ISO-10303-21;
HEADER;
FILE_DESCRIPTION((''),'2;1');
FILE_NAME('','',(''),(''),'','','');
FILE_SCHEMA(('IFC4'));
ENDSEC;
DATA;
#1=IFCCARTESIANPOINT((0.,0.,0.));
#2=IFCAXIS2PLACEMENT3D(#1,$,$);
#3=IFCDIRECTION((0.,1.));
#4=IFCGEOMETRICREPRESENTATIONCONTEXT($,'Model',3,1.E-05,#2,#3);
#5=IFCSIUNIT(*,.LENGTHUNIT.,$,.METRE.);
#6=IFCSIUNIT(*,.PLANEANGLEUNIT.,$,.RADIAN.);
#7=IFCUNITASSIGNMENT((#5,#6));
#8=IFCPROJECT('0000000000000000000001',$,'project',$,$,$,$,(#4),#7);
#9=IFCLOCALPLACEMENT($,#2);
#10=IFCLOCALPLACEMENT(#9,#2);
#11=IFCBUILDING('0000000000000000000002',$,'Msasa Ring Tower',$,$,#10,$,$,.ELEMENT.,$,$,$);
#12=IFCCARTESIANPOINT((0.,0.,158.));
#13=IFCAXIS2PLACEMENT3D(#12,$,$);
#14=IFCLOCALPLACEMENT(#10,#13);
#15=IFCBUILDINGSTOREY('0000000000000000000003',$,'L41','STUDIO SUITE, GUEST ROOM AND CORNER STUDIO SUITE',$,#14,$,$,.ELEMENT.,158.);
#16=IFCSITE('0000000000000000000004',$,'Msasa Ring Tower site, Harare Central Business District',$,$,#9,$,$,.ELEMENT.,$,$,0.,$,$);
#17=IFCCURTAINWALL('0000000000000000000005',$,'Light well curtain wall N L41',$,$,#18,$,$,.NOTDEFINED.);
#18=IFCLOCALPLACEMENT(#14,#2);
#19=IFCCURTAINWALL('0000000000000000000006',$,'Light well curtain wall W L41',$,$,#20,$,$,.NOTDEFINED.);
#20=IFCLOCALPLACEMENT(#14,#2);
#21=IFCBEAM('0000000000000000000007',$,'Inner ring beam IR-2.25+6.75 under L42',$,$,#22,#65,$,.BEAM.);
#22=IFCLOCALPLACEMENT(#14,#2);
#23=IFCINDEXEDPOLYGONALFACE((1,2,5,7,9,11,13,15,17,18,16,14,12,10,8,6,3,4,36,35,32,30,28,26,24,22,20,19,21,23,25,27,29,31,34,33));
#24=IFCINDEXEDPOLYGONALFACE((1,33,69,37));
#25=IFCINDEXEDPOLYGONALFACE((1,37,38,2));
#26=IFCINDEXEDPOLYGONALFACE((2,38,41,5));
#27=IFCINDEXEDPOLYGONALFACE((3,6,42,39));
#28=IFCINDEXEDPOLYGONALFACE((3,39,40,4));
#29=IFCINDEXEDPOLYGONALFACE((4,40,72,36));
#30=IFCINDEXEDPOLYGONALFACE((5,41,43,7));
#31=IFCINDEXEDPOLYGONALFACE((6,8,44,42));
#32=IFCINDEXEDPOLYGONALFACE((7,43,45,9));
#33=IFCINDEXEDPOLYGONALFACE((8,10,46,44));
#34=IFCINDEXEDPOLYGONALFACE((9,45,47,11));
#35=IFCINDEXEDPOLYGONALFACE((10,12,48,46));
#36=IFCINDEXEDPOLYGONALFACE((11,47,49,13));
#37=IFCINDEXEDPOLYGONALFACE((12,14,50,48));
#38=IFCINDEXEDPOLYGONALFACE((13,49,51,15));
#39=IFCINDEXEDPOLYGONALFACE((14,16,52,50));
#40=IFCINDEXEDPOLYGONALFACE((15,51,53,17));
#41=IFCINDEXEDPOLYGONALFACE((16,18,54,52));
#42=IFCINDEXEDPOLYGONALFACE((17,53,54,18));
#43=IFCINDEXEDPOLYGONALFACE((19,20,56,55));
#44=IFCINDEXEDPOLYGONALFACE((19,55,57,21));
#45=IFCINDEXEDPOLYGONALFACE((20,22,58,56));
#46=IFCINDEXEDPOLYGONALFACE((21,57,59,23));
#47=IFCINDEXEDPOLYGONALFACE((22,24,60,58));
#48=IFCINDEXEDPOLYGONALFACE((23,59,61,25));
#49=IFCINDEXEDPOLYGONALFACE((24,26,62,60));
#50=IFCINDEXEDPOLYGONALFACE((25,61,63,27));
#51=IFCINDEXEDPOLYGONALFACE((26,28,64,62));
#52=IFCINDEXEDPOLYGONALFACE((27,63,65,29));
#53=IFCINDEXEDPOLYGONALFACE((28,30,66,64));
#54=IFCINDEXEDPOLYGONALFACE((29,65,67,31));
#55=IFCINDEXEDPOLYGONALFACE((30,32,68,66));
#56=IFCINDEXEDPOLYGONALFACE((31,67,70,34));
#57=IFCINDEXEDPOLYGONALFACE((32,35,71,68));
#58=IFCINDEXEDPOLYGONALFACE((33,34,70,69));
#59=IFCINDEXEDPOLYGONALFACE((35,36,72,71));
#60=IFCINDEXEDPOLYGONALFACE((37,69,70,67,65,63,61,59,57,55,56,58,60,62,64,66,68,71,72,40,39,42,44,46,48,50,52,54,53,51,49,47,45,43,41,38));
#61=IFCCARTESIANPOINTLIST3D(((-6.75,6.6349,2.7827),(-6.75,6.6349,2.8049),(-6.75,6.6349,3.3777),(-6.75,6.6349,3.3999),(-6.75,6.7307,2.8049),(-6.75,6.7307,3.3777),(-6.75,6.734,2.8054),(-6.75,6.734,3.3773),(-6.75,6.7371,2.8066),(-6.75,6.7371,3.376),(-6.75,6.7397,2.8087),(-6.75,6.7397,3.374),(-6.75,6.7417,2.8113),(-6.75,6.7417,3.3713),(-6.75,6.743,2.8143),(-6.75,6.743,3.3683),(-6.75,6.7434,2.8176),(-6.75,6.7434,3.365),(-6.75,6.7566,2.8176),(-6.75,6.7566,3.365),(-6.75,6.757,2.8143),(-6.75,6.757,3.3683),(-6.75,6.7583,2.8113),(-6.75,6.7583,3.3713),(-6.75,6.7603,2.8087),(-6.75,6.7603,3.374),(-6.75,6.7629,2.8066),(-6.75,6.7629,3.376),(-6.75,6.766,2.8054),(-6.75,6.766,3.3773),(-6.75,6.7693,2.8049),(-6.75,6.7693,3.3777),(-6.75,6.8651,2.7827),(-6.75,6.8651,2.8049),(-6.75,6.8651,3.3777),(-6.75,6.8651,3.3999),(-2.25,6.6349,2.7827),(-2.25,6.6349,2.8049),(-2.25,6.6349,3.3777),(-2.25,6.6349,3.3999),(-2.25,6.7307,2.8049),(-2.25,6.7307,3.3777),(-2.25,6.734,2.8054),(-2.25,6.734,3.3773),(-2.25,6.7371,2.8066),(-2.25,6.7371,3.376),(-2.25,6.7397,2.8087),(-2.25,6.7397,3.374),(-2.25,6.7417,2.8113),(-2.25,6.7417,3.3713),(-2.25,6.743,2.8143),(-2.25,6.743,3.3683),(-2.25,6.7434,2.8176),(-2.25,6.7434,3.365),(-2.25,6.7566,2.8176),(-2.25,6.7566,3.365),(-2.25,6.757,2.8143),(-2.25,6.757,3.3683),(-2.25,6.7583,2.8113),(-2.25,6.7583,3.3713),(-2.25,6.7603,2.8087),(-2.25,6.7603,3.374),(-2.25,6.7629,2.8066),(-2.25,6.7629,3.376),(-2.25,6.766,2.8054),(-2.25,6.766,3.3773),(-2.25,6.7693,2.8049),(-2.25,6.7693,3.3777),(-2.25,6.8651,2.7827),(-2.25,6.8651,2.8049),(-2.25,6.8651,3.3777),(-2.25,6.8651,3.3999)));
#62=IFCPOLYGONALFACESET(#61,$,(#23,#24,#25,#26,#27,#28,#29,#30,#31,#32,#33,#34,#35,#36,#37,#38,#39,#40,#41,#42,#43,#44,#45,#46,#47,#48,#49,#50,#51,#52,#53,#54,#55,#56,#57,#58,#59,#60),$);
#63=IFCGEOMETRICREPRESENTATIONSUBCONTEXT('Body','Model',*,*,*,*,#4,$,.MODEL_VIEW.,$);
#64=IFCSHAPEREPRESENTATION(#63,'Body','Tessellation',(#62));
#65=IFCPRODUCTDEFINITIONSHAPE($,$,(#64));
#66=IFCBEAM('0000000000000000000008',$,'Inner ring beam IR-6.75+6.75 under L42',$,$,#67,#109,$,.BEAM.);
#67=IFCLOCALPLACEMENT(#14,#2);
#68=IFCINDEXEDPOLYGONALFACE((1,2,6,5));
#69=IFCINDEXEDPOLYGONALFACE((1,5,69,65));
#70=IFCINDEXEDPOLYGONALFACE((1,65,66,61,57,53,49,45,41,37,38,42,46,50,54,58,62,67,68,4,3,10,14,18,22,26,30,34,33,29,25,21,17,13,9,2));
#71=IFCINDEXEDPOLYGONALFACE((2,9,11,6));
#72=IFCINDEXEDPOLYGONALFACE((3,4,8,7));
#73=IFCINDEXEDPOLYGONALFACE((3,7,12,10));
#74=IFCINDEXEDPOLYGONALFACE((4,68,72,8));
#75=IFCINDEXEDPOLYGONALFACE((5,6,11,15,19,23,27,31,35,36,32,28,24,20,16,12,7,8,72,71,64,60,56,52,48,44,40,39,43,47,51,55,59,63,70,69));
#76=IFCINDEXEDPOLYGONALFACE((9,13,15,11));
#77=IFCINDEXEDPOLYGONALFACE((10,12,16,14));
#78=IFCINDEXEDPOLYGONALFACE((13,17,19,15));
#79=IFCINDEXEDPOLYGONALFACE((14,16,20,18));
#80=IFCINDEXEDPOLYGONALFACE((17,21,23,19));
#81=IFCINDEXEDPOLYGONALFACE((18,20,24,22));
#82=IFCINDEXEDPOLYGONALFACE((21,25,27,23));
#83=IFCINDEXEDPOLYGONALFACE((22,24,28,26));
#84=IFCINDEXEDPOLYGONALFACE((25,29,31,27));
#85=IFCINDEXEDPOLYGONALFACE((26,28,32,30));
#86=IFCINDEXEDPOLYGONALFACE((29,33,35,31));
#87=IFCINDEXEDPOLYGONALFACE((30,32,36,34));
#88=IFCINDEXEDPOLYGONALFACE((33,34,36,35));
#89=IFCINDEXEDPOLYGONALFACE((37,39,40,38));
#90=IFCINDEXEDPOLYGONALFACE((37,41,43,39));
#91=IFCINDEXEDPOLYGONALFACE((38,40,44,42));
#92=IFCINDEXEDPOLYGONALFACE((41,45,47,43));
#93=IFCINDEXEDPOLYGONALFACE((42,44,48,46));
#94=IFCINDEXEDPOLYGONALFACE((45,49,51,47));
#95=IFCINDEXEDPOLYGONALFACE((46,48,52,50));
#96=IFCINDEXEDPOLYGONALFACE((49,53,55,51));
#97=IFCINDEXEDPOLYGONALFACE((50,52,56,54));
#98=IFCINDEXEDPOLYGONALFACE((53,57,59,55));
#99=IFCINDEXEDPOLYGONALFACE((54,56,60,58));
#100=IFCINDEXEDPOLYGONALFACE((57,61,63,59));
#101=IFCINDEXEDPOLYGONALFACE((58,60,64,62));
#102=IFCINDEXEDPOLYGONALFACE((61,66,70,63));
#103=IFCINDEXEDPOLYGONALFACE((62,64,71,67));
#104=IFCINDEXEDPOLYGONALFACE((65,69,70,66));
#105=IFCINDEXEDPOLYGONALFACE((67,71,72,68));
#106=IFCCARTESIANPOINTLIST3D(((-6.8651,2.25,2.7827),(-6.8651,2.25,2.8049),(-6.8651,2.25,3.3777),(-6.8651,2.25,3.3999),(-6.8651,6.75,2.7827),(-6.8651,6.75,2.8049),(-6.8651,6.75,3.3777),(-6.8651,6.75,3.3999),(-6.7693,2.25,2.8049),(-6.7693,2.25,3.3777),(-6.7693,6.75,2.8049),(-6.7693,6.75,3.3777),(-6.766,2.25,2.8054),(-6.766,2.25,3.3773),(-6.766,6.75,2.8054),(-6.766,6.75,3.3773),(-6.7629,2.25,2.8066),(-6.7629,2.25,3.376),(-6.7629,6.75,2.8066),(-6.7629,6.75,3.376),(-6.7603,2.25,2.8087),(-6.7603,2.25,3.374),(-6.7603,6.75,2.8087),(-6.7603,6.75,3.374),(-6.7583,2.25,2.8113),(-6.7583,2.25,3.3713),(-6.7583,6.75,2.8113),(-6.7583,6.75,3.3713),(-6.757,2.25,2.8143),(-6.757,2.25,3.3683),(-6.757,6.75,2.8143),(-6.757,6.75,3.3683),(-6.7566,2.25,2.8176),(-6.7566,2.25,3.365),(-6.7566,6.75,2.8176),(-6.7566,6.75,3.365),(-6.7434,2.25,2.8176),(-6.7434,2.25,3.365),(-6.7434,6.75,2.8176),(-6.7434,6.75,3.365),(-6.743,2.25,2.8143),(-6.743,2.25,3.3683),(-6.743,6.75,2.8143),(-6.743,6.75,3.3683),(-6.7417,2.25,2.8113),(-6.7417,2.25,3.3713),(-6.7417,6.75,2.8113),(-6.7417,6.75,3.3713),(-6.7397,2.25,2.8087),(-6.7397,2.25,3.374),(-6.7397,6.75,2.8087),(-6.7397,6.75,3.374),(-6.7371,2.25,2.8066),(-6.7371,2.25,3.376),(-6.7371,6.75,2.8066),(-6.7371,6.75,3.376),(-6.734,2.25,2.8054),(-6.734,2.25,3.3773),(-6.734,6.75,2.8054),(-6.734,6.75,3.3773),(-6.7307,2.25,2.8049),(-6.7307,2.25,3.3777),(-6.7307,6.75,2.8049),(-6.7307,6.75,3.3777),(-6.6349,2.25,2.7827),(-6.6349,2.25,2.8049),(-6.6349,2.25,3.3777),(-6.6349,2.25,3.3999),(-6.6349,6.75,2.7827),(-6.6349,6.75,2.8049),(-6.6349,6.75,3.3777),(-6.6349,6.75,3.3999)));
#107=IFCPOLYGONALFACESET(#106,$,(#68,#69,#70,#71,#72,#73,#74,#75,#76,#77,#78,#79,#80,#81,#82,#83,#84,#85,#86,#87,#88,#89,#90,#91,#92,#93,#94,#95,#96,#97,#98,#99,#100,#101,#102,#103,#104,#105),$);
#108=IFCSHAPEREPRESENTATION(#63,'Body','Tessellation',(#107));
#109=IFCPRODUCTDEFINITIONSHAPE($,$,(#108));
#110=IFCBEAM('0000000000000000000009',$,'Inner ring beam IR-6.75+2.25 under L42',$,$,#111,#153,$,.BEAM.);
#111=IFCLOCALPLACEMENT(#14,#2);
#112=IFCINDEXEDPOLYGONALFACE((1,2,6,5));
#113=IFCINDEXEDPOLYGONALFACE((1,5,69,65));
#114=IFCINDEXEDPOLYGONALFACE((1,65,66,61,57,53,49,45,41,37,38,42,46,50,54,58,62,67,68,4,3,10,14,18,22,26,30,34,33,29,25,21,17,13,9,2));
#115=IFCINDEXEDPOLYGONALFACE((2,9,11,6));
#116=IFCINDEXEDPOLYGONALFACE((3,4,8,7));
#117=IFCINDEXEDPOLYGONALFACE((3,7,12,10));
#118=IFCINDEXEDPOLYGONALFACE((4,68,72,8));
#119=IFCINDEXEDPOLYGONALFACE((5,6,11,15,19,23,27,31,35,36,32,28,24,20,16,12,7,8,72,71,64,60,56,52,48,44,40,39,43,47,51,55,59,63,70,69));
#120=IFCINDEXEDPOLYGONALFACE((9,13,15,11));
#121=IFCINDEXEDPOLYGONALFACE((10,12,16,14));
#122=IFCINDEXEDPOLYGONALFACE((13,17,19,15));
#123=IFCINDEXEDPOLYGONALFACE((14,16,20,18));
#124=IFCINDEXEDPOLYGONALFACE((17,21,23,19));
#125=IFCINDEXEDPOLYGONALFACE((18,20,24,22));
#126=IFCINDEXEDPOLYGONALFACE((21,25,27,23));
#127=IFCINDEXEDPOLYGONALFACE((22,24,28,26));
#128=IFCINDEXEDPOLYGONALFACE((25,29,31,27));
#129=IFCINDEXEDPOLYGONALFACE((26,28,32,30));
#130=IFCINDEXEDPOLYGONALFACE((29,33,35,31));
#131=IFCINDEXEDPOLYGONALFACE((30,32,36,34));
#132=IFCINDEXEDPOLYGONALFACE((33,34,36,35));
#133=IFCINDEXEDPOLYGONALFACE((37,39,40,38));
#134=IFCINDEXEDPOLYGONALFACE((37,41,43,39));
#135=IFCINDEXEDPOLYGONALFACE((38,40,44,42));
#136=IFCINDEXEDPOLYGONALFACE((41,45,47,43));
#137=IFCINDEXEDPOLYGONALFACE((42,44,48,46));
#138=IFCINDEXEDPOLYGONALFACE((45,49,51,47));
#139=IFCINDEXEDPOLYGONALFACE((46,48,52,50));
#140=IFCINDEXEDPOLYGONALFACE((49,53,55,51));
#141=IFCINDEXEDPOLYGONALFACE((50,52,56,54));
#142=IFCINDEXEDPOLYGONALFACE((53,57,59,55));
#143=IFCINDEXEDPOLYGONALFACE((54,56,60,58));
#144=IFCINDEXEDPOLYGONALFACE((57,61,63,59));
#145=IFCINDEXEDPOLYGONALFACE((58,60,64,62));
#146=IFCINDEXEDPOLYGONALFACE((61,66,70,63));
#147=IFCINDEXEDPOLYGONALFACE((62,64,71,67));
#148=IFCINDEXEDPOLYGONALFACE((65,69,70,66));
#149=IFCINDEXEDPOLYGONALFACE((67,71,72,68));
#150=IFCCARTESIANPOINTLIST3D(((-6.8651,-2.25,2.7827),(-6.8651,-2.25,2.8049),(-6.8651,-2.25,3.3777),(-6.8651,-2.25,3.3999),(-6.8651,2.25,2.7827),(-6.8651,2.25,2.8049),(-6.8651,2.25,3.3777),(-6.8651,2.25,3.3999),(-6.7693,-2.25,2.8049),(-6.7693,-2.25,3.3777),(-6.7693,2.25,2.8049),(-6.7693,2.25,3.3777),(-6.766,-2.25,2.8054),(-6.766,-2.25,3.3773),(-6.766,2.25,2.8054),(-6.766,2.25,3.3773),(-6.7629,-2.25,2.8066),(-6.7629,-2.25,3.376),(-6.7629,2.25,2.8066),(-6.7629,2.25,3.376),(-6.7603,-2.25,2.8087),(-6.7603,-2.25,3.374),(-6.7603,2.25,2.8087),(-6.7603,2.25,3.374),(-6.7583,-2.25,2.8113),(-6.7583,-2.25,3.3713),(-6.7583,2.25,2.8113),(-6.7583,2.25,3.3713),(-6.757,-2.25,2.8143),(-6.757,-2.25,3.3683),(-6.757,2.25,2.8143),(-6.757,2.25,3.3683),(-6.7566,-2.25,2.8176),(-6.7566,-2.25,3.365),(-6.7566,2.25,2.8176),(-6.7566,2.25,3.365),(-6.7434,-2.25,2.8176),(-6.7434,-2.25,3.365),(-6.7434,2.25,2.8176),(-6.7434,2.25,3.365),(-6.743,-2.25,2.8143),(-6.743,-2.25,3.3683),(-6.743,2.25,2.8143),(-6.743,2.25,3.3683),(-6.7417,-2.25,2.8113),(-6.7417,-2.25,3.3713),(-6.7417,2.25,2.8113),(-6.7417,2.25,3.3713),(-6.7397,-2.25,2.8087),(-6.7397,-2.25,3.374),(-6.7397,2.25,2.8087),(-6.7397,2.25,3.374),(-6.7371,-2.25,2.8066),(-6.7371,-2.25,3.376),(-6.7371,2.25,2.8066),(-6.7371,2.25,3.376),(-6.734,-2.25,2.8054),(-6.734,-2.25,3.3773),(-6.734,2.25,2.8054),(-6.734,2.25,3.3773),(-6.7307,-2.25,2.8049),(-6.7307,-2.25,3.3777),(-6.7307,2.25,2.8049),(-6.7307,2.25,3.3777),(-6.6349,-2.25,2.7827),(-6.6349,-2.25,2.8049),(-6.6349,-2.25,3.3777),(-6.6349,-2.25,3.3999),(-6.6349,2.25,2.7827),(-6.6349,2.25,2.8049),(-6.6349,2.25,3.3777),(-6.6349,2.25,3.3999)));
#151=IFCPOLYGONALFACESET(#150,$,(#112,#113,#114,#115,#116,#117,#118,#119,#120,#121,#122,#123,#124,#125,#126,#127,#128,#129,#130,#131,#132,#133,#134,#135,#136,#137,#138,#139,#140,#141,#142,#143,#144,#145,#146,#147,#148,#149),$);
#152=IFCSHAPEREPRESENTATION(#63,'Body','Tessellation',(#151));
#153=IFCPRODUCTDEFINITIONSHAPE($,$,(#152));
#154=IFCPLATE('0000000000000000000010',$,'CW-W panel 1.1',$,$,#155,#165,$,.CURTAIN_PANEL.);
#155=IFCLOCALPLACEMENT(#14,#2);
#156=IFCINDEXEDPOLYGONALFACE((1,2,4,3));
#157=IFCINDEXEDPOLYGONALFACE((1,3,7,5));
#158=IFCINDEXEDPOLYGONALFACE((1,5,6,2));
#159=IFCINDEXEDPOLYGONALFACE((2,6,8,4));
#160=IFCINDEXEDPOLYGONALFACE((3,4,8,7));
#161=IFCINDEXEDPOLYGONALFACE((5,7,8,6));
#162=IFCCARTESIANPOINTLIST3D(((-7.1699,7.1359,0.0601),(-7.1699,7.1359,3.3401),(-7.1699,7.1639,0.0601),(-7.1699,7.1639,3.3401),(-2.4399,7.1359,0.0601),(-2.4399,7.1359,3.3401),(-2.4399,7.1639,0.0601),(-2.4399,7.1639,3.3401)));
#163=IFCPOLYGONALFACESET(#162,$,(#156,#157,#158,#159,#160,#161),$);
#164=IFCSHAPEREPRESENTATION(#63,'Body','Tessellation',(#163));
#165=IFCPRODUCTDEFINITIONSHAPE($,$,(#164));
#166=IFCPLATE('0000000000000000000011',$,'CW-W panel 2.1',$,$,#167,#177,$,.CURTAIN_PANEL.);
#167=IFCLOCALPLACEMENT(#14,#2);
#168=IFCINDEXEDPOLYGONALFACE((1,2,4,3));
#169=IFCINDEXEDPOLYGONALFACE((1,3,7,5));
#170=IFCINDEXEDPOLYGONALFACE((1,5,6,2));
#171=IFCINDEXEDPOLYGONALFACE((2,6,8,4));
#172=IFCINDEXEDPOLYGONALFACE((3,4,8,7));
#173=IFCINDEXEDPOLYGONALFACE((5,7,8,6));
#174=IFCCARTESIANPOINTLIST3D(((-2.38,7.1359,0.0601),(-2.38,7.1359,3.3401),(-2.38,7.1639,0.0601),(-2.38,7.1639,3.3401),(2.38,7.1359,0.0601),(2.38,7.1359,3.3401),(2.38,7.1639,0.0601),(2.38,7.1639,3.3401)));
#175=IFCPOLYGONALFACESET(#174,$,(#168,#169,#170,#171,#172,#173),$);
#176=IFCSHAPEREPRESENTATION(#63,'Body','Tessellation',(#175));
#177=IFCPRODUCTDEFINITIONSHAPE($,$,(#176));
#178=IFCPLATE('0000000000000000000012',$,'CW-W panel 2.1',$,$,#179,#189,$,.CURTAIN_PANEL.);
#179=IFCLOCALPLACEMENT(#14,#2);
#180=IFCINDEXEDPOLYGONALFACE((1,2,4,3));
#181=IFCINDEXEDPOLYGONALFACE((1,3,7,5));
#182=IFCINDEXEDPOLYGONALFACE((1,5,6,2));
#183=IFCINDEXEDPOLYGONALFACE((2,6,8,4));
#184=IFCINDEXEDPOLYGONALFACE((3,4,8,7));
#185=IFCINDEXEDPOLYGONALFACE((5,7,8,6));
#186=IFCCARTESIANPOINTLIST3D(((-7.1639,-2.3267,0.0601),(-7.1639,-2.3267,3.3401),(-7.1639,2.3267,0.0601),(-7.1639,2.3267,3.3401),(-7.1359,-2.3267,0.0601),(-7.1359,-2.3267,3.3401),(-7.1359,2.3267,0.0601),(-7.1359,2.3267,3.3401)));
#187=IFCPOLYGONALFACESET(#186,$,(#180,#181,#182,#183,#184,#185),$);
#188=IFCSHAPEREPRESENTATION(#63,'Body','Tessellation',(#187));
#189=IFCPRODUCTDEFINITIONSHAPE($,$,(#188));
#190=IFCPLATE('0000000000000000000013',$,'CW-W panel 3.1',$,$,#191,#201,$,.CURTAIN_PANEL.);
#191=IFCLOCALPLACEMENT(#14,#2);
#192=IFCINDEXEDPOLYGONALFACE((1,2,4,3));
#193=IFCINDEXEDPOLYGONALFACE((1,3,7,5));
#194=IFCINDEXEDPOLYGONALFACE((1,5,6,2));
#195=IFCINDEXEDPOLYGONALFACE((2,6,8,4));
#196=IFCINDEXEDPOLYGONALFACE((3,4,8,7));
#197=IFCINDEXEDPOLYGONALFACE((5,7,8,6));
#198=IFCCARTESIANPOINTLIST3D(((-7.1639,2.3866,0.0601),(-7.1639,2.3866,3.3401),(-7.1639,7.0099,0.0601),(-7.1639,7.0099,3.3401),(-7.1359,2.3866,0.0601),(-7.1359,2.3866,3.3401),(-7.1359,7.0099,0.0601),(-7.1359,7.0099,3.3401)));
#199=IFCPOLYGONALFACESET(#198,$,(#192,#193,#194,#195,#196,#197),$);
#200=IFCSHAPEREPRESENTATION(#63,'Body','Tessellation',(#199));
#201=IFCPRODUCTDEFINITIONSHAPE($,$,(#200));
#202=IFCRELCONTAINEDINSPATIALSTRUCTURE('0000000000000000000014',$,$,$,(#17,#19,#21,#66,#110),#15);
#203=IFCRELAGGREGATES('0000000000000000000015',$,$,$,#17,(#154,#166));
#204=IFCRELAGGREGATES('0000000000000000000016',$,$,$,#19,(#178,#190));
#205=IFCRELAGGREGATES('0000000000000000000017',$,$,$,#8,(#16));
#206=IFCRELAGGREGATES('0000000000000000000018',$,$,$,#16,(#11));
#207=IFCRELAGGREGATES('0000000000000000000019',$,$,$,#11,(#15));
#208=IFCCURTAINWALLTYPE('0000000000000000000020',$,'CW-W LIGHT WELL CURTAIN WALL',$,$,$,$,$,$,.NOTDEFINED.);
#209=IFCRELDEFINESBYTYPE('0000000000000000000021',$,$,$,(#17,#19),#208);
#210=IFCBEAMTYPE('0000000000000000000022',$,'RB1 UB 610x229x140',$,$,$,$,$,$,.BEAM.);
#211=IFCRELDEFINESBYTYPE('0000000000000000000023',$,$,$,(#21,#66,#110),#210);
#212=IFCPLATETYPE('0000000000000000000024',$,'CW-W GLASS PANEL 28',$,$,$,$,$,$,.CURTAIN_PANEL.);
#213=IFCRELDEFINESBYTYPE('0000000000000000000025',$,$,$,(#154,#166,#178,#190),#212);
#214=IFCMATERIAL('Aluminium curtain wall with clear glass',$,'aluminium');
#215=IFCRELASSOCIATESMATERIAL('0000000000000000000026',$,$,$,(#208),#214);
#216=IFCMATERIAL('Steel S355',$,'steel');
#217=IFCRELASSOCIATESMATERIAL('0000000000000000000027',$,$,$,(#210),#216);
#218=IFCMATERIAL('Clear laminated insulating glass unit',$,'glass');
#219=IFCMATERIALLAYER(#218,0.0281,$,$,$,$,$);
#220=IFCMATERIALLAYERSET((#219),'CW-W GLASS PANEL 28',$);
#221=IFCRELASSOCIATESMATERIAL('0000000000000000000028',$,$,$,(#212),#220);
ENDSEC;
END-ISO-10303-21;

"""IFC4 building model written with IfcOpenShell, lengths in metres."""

from ifc_helpers import new_model, si_unit, direction, frame, origin, origin_2d, place, context, subcontext, project, spatial, rectangle, i_section, extrude, material, layer, layer_set, material_profile, profile_set, type_object, element, aggregate, save


model = new_model("IFC4")

# Units and contexts
model_context = context("Model", 3, precision=1e-05, world=origin(), true_north=direction((0.0, 1.0)))
body_context = subcontext(model_context, "Body", "Model", "MODEL_VIEW")
ifc_project = project(units=[si_unit("LENGTHUNIT", "METRE"), si_unit("PLANEANGLEUNIT", "RADIAN")], contexts=[model_context])

# Site, building, storey
site_placement = place(None, origin())
site = spatial("IfcSite", under=ifc_project, at=site_placement, Name="Msasa Ring Tower site, Harare Central Business District", CompositionType="ELEMENT", RefElevation=0.0)
building_placement = place(site_placement, origin())
building = spatial("IfcBuilding", under=site, at=building_placement, Name="Msasa Ring Tower", CompositionType="ELEMENT")
storey_placement = place(building_placement, frame((0.0, 0.0, 158.0)))
storey = spatial("IfcBuildingStorey", under=building, at=storey_placement, Name="L41", Description="STUDIO SUITE, GUEST ROOM AND CORNER STUDIO SUITE", CompositionType="ELEMENT", Elevation=158.0)

# Curtain wall
ifc_material_1 = material(Name="Aluminium curtain wall with clear glass", Category="aluminium")
curtain_wall_type = type_object("IfcCurtainWallType", Name="CW-W LIGHT WELL CURTAIN WALL", PredefinedType="NOTDEFINED", material=ifc_material_1)
curtain_wall_1_placement = place(storey_placement, origin())
curtain_wall_1 = element("IfcCurtainWall", 1, at=curtain_wall_1_placement, inside=storey, type_object=curtain_wall_type, Name="Light well curtain wall N L41", PredefinedType="NOTDEFINED")

# Curtain wall
curtain_wall_2_placement = place(storey_placement, origin())
curtain_wall_2 = element("IfcCurtainWall", 2, at=curtain_wall_2_placement, inside=storey, type_object=curtain_wall_type, Name="Light well curtain wall W L41", PredefinedType="NOTDEFINED")

# Beams
ifc_material_2 = material(Name="Steel S355", Category="steel")
ifc_material_profile_1 = material_profile(ifc_material_2, i_section(OverallWidth=0.2302, OverallDepth=0.6172, WebThickness=0.0132, FlangeThickness=0.0222, FilletRadius=0.0127, at=origin_2d()), Name="UB 610x229x140")
ifc_profile_set_1 = profile_set([ifc_material_profile_1], Name="Steel S355")
beam_type = type_object("IfcBeamType", Name="RB1 UB 610x229x140", PredefinedType="BEAM", material=ifc_profile_set_1)
for number, where, z_axis, x_axis, name in (
    (3, (-2.25, 6.75, 3.0913), (-1.0, 0.0, 0.0), (0.0, -1.0, 0.0), "Inner ring beam IR-2.25+6.75 under L42"),
    (4, (-6.75, 6.75, 3.0913), (0.0, -1.0, 0.0), (1.0, 0.0, 0.0), "Inner ring beam IR-6.75+6.75 under L42"),
    (5, (-6.75, 2.25, 3.0913), (0.0, -1.0, 0.0), (1.0, 0.0, 0.0), "Inner ring beam IR-6.75+2.25 under L42"),
):
    element("IfcBeam", number, at=place(storey_placement, frame(where, z_axis=z_axis, x_axis=x_axis)), inside=storey, type_object=beam_type, Name=name, PredefinedType="BEAM", context=body_context, shape_type="SweptSolid", body=[
        extrude(i_section(OverallWidth=0.2302, OverallDepth=0.6172, WebThickness=0.0132, FlangeThickness=0.0222, FilletRadius=0.0127, at=origin_2d()), origin(), (0.0, 0.0, 1.0), 4.5),
    ])

# Plates
ifc_material_3 = material(Name="Clear laminated insulating glass unit", Category="glass")
ifc_layer_1 = layer(ifc_material_3, 0.0281)
ifc_layer_set_1 = layer_set([ifc_layer_1], Name="CW-W GLASS PANEL 28")
plate_type = type_object("IfcPlateType", Name="CW-W GLASS PANEL 28", PredefinedType="CURTAIN_PANEL", material=ifc_layer_set_1)
plate_1_placement = place(storey_placement, frame((-4.8049, 7.1499, 0.0601), z_axis=(0.0, 0.0, 1.0), x_axis=(1.0, 0.0, 0.0)))
plate_1 = element("IfcPlate", 6, at=plate_1_placement, type_object=plate_type, Name="CW-W panel 1.1", PredefinedType="CURTAIN_PANEL", context=body_context, shape_type="SweptSolid", body=[
    extrude(rectangle(XDim=4.73, YDim=0.0281, at=origin_2d()), origin(), (0.0, 0.0, 1.0), 3.28),
])
plate_2_placement = place(storey_placement, frame((0.0, 7.1499, 0.0601), z_axis=(0.0, 0.0, 1.0), x_axis=(1.0, 0.0, 0.0)))
plate_2 = element("IfcPlate", 7, at=plate_2_placement, type_object=plate_type, Name="CW-W panel 2.1", PredefinedType="CURTAIN_PANEL", context=body_context, shape_type="SweptSolid", body=[
    extrude(rectangle(XDim=4.76, YDim=0.0281, at=origin_2d()), origin(), (0.0, 0.0, 1.0), 3.28),
])
aggregate(curtain_wall_1, [plate_1, plate_2])
plate_3_placement = place(storey_placement, frame((-7.1499, 0.0, 0.0601), z_axis=(0.0, 0.0, 1.0), x_axis=(0.0, 1.0, 0.0)))
plate_3 = element("IfcPlate", 8, at=plate_3_placement, type_object=plate_type, Name="CW-W panel 2.1", PredefinedType="CURTAIN_PANEL", context=body_context, shape_type="SweptSolid", body=[
    extrude(rectangle(XDim=4.6533, YDim=0.0281, at=origin_2d()), origin(), (0.0, 0.0, 1.0), 3.28),
])
plate_4_placement = place(storey_placement, frame((-7.1499, 4.6982, 0.0601), z_axis=(0.0, 0.0, 1.0), x_axis=(0.0, 1.0, 0.0)))
plate_4 = element("IfcPlate", 9, at=plate_4_placement, type_object=plate_type, Name="CW-W panel 3.1", PredefinedType="CURTAIN_PANEL", context=body_context, shape_type="SweptSolid", body=[
    extrude(rectangle(XDim=4.6233, YDim=0.0281, at=origin_2d()), origin(), (0.0, 0.0, 1.0), 3.28),
])
aggregate(curtain_wall_2, [plate_3, plate_4])

save(model, "model.ifc")
